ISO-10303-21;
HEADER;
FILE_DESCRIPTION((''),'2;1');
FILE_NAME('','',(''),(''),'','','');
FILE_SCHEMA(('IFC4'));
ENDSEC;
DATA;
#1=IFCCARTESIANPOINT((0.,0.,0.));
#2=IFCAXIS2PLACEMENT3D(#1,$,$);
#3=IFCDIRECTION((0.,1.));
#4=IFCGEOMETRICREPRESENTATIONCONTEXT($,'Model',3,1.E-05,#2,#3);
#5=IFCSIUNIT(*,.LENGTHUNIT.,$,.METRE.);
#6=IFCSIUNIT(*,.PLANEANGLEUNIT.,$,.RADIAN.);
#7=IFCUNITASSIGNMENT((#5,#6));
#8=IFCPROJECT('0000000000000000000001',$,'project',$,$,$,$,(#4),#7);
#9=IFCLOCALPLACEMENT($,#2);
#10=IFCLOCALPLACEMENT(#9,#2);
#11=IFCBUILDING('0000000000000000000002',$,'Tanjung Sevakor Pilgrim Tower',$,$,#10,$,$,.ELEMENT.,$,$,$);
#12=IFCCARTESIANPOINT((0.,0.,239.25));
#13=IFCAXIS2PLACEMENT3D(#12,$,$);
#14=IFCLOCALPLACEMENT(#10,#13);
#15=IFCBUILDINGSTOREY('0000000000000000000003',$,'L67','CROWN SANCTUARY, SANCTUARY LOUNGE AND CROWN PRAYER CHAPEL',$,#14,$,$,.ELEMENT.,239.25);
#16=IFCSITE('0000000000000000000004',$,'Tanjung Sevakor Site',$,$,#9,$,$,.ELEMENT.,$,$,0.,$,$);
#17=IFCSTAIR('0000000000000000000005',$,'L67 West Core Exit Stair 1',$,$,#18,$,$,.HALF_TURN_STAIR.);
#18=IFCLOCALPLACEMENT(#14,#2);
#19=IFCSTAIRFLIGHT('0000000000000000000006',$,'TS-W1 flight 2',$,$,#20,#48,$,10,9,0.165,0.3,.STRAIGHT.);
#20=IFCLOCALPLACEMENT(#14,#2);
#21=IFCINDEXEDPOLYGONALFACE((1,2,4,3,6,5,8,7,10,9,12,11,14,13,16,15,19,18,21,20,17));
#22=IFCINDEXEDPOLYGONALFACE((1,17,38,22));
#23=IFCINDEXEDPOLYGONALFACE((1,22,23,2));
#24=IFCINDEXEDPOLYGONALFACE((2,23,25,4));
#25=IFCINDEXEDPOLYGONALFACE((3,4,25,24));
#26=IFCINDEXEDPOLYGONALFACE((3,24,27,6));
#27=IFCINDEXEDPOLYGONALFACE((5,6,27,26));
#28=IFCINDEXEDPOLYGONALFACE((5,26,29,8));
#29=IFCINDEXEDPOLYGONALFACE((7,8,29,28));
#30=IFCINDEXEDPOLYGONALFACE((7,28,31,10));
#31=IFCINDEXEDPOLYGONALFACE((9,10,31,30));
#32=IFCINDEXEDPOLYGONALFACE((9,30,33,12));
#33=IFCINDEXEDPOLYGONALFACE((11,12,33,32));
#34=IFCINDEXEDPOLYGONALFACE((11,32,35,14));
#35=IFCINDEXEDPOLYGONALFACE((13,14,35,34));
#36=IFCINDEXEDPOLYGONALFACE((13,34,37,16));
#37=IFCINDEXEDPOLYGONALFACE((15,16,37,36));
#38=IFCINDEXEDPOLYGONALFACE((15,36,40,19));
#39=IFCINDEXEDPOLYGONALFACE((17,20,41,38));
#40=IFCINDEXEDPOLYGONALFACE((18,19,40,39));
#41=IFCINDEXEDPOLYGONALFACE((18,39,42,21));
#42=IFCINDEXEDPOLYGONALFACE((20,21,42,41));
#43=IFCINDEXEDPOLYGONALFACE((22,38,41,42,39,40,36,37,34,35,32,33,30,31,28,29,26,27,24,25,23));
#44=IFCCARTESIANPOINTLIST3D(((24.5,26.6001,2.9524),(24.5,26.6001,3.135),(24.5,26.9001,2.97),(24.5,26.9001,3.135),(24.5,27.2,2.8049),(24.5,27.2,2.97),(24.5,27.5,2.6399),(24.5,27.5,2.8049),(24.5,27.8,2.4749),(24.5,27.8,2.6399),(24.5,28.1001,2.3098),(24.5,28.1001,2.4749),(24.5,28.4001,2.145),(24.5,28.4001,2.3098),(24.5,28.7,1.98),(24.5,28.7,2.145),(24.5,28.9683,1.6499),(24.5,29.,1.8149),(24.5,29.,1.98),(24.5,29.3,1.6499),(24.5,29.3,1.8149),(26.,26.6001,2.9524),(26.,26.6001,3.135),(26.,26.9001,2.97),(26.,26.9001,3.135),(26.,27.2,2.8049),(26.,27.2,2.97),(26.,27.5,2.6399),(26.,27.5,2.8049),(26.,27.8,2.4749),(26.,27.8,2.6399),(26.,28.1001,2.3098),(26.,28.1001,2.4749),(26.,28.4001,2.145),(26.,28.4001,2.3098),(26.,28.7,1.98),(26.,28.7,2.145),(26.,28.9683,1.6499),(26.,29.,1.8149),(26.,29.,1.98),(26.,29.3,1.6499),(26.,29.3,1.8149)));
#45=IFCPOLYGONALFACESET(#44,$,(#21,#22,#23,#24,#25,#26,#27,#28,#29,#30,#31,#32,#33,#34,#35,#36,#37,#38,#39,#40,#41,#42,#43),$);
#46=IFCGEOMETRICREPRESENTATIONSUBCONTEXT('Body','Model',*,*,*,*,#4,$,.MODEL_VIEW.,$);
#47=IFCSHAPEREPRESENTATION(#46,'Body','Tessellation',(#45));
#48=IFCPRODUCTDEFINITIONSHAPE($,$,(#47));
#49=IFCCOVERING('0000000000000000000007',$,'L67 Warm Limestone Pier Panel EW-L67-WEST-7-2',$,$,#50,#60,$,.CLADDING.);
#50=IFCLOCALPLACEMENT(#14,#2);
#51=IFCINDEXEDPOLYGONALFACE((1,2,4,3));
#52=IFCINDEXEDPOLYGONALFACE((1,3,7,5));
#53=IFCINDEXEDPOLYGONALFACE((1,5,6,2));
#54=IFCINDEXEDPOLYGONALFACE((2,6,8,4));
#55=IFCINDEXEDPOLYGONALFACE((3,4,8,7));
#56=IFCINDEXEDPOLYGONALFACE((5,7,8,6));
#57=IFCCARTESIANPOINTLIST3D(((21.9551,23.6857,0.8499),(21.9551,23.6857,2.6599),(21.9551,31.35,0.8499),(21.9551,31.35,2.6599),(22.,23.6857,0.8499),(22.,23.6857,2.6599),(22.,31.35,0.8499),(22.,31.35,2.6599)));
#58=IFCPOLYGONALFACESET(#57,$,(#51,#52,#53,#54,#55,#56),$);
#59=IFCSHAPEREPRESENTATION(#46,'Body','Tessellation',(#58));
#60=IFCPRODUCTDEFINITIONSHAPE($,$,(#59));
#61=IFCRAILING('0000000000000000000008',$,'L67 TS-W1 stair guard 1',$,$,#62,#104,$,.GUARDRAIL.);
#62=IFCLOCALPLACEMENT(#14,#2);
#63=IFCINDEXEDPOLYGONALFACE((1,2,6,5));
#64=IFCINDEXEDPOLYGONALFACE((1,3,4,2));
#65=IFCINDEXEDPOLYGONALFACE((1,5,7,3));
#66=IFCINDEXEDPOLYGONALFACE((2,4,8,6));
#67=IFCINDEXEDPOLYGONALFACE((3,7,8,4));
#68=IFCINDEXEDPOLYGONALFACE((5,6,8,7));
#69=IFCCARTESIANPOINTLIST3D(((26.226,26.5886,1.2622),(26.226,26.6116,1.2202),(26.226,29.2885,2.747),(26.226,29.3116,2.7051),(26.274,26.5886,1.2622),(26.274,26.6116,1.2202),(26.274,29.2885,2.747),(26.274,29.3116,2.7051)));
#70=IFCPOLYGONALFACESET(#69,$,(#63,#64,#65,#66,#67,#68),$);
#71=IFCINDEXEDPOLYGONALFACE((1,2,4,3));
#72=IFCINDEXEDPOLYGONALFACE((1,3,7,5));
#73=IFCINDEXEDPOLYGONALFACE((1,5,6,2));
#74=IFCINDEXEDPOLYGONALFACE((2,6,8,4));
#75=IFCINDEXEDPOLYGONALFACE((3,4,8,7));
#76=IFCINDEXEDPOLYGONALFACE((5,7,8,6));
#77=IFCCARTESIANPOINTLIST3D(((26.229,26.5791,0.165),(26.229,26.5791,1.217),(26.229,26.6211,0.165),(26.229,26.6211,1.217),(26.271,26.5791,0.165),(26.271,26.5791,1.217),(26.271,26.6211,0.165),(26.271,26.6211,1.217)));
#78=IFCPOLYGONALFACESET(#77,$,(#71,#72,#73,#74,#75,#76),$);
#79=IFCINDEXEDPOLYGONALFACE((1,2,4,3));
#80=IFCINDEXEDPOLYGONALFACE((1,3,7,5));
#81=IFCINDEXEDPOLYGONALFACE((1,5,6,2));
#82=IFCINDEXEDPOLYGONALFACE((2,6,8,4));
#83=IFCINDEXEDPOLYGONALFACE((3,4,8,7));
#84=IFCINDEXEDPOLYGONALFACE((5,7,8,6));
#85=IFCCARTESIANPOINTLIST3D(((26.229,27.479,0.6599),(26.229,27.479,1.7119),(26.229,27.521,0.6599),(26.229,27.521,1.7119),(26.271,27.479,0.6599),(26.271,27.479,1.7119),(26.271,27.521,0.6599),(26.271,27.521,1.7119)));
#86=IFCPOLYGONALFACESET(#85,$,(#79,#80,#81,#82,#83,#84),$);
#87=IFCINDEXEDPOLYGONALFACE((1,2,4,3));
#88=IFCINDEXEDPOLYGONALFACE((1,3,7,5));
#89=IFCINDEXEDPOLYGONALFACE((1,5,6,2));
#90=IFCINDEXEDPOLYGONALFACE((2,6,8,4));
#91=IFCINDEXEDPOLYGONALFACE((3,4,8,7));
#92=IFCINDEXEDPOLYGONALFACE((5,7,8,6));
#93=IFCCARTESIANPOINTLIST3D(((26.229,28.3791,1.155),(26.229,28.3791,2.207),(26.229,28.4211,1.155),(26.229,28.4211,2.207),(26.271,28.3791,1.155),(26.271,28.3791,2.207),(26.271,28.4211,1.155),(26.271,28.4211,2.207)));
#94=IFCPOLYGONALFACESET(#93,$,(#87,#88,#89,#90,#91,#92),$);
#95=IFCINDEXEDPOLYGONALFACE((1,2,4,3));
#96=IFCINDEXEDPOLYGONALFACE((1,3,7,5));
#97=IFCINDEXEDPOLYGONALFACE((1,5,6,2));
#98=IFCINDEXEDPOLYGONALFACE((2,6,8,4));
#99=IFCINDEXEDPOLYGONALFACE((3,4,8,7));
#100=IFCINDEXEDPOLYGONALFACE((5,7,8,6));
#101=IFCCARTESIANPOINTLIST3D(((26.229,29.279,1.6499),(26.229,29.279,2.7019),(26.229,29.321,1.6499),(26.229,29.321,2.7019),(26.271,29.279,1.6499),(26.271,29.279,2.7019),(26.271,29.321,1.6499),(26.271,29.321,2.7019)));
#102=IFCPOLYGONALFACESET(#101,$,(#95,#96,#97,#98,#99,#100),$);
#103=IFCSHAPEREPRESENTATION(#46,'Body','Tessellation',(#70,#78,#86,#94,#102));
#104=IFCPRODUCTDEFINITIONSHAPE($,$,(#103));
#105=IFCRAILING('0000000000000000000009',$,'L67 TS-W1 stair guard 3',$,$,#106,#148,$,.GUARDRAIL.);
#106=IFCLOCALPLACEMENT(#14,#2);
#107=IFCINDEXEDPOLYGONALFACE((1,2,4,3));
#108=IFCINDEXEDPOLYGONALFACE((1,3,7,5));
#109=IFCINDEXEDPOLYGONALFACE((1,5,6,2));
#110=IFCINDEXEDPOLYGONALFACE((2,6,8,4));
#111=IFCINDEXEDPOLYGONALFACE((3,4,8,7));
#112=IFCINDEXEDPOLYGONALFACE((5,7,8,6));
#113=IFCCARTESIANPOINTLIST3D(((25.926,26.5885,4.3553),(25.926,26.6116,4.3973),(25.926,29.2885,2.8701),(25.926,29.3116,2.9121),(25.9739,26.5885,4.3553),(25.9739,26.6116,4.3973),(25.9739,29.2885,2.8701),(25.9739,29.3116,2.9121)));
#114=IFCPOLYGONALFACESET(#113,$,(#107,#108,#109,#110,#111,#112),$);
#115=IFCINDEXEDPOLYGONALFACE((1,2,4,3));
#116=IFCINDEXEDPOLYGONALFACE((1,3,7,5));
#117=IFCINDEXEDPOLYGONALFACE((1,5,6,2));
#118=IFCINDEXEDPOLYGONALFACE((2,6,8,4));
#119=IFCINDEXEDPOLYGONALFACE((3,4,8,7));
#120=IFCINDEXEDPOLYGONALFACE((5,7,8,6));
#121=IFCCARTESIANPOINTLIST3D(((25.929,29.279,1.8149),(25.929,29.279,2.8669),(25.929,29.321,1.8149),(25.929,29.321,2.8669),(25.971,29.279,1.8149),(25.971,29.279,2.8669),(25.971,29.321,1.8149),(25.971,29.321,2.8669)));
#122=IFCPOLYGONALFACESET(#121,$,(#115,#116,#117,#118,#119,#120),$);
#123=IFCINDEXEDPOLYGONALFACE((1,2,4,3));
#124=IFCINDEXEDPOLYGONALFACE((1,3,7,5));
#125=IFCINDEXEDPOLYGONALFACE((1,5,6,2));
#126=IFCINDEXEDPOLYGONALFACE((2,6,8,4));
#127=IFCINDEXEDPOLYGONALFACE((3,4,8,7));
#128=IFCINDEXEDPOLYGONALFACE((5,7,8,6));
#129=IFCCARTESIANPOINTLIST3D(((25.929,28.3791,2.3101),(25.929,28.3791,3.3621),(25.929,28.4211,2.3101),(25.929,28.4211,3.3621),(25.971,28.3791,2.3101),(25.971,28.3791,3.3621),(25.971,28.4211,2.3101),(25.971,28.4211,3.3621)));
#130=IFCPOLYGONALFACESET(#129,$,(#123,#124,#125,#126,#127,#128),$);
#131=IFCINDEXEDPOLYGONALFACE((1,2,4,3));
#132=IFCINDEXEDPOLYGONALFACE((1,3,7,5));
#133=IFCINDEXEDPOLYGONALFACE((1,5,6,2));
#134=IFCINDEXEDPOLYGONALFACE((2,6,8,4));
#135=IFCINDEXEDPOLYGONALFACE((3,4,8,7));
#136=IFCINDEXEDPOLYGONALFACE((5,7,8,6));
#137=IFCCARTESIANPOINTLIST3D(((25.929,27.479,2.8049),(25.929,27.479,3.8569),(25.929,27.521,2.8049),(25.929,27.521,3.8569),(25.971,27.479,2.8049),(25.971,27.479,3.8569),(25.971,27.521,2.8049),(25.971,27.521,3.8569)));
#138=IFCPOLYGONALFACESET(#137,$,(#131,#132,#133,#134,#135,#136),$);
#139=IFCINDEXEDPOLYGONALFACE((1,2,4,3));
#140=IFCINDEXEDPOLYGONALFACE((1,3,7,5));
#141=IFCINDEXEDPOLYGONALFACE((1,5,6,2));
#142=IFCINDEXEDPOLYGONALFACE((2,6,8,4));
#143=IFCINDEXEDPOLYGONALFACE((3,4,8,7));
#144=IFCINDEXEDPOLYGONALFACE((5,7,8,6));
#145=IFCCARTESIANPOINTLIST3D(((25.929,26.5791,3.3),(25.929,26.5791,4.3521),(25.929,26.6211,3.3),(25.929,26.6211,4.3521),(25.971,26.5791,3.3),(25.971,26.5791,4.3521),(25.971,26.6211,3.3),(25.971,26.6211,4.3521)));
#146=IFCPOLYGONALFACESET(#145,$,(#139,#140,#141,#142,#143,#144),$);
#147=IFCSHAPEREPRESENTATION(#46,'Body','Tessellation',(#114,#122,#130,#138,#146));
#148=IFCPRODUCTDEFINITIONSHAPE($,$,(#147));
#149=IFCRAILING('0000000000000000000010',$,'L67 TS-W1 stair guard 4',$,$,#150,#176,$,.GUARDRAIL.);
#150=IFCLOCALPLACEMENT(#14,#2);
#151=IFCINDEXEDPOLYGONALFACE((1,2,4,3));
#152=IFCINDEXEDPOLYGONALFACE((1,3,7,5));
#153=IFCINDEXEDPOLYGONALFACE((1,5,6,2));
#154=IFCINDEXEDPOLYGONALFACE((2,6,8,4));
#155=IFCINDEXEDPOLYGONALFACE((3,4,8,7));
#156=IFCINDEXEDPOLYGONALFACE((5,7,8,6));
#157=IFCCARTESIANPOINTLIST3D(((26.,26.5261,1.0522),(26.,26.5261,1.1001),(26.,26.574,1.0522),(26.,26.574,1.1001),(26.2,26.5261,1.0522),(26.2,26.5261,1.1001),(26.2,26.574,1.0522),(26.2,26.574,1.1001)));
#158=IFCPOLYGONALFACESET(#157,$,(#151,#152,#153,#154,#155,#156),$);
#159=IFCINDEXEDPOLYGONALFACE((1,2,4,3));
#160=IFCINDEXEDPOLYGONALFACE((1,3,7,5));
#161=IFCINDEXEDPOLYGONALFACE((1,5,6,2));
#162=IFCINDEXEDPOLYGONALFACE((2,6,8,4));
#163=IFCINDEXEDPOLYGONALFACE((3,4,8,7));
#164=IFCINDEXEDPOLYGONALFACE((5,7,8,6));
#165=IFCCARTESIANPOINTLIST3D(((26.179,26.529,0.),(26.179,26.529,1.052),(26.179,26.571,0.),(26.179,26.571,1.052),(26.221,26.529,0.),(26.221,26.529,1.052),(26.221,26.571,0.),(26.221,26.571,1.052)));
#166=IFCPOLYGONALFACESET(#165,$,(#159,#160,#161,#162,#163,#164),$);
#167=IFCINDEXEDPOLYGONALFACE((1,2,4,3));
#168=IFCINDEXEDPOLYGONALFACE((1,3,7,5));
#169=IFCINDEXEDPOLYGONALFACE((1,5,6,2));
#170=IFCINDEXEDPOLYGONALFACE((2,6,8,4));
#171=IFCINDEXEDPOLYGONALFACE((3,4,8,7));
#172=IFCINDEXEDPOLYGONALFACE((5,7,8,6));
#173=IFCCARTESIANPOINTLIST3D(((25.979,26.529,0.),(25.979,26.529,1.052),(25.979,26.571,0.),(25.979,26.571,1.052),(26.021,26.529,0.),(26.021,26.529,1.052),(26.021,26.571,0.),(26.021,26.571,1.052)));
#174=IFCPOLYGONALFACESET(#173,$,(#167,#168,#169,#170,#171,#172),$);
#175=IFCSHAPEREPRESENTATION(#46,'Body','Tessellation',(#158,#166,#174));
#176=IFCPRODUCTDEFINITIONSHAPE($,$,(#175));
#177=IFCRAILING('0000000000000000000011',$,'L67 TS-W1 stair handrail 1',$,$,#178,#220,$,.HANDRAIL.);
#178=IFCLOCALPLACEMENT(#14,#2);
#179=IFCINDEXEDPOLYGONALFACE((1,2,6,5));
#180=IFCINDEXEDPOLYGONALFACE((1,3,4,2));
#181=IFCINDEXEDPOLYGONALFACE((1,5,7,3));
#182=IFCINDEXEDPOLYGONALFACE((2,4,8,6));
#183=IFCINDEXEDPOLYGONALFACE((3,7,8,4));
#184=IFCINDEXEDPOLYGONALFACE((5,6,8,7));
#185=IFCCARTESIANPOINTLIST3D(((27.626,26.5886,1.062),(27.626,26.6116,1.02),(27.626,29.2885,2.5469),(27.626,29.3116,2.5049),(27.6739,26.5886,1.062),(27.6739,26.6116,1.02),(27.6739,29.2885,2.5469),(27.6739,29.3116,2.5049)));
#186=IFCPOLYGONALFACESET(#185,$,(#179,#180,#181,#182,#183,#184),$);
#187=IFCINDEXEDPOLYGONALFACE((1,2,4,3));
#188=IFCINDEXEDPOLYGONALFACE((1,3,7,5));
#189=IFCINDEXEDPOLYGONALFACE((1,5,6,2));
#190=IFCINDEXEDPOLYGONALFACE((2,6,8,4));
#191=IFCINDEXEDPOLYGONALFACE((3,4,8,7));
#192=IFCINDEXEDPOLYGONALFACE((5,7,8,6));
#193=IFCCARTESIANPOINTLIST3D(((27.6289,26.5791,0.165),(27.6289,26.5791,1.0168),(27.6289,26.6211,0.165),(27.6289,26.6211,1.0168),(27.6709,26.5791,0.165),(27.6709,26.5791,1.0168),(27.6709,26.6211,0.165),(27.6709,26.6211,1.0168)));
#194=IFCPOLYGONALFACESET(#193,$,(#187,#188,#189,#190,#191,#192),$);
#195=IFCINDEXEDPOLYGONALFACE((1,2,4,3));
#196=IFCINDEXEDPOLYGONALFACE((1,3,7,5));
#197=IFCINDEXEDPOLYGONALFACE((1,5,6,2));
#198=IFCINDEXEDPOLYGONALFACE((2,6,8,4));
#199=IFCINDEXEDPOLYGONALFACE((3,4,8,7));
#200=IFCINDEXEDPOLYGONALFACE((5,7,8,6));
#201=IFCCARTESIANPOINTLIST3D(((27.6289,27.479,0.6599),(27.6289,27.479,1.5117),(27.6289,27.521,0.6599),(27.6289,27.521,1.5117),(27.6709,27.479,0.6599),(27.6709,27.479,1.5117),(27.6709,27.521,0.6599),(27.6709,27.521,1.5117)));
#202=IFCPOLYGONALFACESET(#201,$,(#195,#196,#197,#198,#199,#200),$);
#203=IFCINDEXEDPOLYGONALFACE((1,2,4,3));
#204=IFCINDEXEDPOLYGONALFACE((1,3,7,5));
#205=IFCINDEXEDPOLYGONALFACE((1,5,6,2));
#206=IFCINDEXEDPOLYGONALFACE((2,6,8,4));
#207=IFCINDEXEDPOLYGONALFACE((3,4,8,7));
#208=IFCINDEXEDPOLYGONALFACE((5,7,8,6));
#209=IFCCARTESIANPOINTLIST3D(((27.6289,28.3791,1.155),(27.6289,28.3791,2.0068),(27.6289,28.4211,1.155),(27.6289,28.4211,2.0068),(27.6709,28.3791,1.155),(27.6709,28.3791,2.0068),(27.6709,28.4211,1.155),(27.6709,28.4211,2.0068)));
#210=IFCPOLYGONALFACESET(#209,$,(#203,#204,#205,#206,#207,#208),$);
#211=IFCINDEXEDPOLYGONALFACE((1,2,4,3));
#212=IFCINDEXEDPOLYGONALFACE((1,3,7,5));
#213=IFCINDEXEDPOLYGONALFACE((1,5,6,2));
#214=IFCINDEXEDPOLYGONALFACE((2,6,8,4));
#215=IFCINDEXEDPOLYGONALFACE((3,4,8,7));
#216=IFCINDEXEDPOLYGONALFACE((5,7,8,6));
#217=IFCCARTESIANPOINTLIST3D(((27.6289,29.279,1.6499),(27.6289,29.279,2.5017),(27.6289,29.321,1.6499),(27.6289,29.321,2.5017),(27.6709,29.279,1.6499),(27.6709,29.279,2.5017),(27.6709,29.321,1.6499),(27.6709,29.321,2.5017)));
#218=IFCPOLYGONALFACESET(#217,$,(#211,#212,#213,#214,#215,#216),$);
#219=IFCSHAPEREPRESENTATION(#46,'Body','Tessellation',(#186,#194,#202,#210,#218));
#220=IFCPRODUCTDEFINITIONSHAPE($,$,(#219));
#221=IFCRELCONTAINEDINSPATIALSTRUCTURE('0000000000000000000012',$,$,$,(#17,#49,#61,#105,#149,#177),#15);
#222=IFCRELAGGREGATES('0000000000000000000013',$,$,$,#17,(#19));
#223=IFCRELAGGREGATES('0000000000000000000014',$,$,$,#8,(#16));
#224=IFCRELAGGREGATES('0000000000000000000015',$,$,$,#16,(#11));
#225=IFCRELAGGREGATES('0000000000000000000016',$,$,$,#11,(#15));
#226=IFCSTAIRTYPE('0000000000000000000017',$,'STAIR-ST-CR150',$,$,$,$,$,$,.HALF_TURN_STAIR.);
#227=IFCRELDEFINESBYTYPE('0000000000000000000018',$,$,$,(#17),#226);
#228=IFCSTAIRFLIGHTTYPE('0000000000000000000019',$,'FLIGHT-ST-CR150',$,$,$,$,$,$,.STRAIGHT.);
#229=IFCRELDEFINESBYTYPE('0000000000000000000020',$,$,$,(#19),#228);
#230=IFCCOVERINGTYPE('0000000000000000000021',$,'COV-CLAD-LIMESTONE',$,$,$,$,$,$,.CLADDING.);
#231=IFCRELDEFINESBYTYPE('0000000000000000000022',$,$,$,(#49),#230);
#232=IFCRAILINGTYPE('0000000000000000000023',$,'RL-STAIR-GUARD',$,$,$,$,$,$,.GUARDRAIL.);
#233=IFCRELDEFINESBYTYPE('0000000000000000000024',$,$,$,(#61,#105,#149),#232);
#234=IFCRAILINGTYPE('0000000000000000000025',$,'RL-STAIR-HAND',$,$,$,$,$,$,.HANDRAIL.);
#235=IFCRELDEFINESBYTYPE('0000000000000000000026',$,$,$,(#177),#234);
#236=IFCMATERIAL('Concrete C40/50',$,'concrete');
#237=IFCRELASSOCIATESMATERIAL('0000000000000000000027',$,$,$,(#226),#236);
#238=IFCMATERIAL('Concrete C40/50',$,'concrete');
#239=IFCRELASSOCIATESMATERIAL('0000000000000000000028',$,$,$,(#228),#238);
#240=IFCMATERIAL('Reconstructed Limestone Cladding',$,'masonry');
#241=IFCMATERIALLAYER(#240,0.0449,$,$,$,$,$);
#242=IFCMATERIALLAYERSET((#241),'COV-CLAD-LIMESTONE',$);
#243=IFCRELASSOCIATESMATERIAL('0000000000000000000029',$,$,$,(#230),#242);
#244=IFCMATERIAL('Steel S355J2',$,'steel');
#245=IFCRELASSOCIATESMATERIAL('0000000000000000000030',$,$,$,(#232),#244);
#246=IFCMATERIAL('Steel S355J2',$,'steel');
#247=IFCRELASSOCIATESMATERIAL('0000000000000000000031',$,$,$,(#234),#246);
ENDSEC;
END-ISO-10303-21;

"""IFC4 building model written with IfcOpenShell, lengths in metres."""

from ifc_helpers import new_model, si_unit, direction, frame, origin, origin_2d, place, context, subcontext, project, spatial, polyline, rectangle, outline, extrude, material, layer, layer_set, type_object, element, aggregate, save


model = new_model("IFC4")

# Units and contexts
model_context = context("Model", 3, precision=1e-05, world=origin(), true_north=direction((0.0, 1.0)))
body_context = subcontext(model_context, "Body", "Model", "MODEL_VIEW")
ifc_project = project(units=[si_unit("LENGTHUNIT", "METRE"), si_unit("PLANEANGLEUNIT", "RADIAN")], contexts=[model_context])

# Site, building, storey
site_placement = place(None, origin())
site = spatial("IfcSite", under=ifc_project, at=site_placement, Name="Tanjung Sevakor Site", CompositionType="ELEMENT", RefElevation=0.0)
building_placement = place(site_placement, origin())
building = spatial("IfcBuilding", under=site, at=building_placement, Name="Tanjung Sevakor Pilgrim Tower", CompositionType="ELEMENT")
storey_placement = place(building_placement, frame((0.0, 0.0, 239.25)))
storey = spatial("IfcBuildingStorey", under=building, at=storey_placement, Name="L67", Description="CROWN SANCTUARY, SANCTUARY LOUNGE AND CROWN PRAYER CHAPEL", CompositionType="ELEMENT", Elevation=239.25)

# Stair, stair flight
ifc_material_1 = material(Name="Concrete C40/50", Category="concrete")
stair_type = type_object("IfcStairType", Name="STAIR-ST-CR150", PredefinedType="HALF_TURN_STAIR", material=ifc_material_1)
stair_placement = place(storey_placement, origin())
stair = element("IfcStair", 1, at=stair_placement, inside=storey, type_object=stair_type, Name="L67 West Core Exit Stair 1", PredefinedType="HALF_TURN_STAIR")
ifc_material_2 = material(Name="Concrete C40/50", Category="concrete")
stair_flight_type = type_object("IfcStairFlightType", Name="FLIGHT-ST-CR150", PredefinedType="STRAIGHT", material=ifc_material_2)
stair_flight_1_placement = place(storey_placement, frame((25.25, 29.3, 1.6499), z_axis=(0.0, 0.0, 1.0), x_axis=(0.0, -1.0, 0.0)))
stair_flight_1 = element("IfcStairFlight", 2, at=stair_flight_1_placement, type_object=stair_flight_type, Name="TS-W1 flight 2", NumberOfRisers=10, NumberOfTreads=9, PredefinedType="STRAIGHT", RiserHeight=0.165, TreadLength=0.3, context=body_context, shape_type="SweptSolid", body=[
    extrude(outline(polyline([(0.0, 0.0), (0.0, 0.165), (0.3, 0.165), (0.3, 0.3301), (0.6001, 0.3301), (0.6001, 0.4951), (0.8999, 0.4951), (0.8999, 0.6599), (1.2, 0.6599), (1.2, 0.825), (1.5, 0.825), (1.5, 0.99), (1.8, 0.99), (1.8, 1.155), (2.1001, 1.155), (2.1001, 1.3201), (2.3999, 1.3201), (2.3999, 1.4851), (2.7, 1.4851), (2.7, 1.6499), (2.7, 1.3025), (0.3318, 0.0), (0.0, 0.0)])), frame((0.0, 0.75, 0.0), z_axis=(0.0, -1.0, 0.0), x_axis=(1.0, 0.0, 0.0)), (0.0, 0.0, 1.0), 1.5),
])
aggregate(stair, [stair_flight_1])

# Covering
ifc_material_3 = material(Name="Reconstructed Limestone Cladding", Category="masonry")
ifc_layer_1 = layer(ifc_material_3, 0.0449)
ifc_layer_set_1 = layer_set([ifc_layer_1], Name="COV-CLAD-LIMESTONE")
covering_type = type_object("IfcCoveringType", Name="COV-CLAD-LIMESTONE", PredefinedType="CLADDING", material=ifc_layer_set_1)
covering_placement = place(storey_placement, frame((21.9775, 27.5178, 0.8499), z_axis=(0.0, 0.0, 1.0), x_axis=(0.0, -1.0, 0.0)))
element("IfcCovering", 3, at=covering_placement, inside=storey, type_object=covering_type, Name="L67 Warm Limestone Pier Panel EW-L67-WEST-7-2", PredefinedType="CLADDING", context=body_context, shape_type="SweptSolid", body=[
    extrude(rectangle(XDim=7.6643, YDim=0.0449, at=origin_2d()), origin(), (0.0, 0.0, 1.0), 1.8101),
])

# Railings
ifc_material_4 = material(Name="Steel S355J2", Category="steel")
railing_type_1 = type_object("IfcRailingType", Name="RL-STAIR-GUARD", PredefinedType="GUARDRAIL", material=ifc_material_4)
railing_1_placement = place(storey_placement, frame((26.25, 26.6001, 0.165)))
element("IfcRailing", 4, at=railing_1_placement, inside=storey, type_object=railing_type_1, Name="L67 TS-W1 stair guard 1", PredefinedType="GUARDRAIL", context=body_context, shape_type="SweptSolid", body=[
    extrude(rectangle(XDim=0.0479, YDim=0.0479), frame((0.0, 0.0, 1.0762), z_axis=(0.0, 0.876231, 0.481891), x_axis=(-1.0, 0.0, 0.0)), (0.0, 0.0, 1.0), 3.0813),
    extrude(rectangle(XDim=0.042, YDim=0.042), origin(), (0.0, 0.0, 1.0), 1.052),
    extrude(rectangle(XDim=0.042, YDim=0.042), frame((0.0, 0.8999, 0.4949)), (0.0, 0.0, 1.0), 1.052),
    extrude(rectangle(XDim=0.042, YDim=0.042), frame((0.0, 1.8, 0.99)), (0.0, 0.0, 1.0), 1.052),
    extrude(rectangle(XDim=0.042, YDim=0.042), frame((0.0, 2.7, 1.4849)), (0.0, 0.0, 1.0), 1.052),
])
railing_2_placement = place(storey_placement, frame((25.95, 29.3, 1.8149)))
element("IfcRailing", 5, at=railing_2_placement, inside=storey, type_object=railing_type_1, Name="L67 TS-W1 stair guard 3", PredefinedType="GUARDRAIL", context=body_context, shape_type="SweptSolid", body=[
    extrude(rectangle(XDim=0.0479, YDim=0.0479), frame((0.0, 0.0, 1.0762), z_axis=(0.0, -0.876198, 0.481952), x_axis=(1.0, 0.0, 0.0)), (0.0, 0.0, 1.0), 3.0815),
    extrude(rectangle(XDim=0.042, YDim=0.042), origin(), (0.0, 0.0, 1.0), 1.052),
    extrude(rectangle(XDim=0.042, YDim=0.042), frame((0.0, -0.8999, 0.4951)), (0.0, 0.0, 1.0), 1.052),
    extrude(rectangle(XDim=0.042, YDim=0.042), frame((0.0, -1.8, 0.99)), (0.0, 0.0, 1.0), 1.052),
    extrude(rectangle(XDim=0.042, YDim=0.042), frame((0.0, -2.7, 1.4851)), (0.0, 0.0, 1.0), 1.052),
])
railing_3_placement = place(storey_placement, frame((26.2, 26.55, 0.0)))
element("IfcRailing", 6, at=railing_3_placement, inside=storey, type_object=railing_type_1, Name="L67 TS-W1 stair guard 4", PredefinedType="GUARDRAIL", context=body_context, shape_type="SweptSolid", body=[
    extrude(rectangle(XDim=0.0479, YDim=0.0479), frame((0.0, 0.0, 1.0762), z_axis=(-1.0, 0.0, 0.0), x_axis=(0.0, -1.0, 0.0)), (0.0, 0.0, 1.0), 0.2),
    extrude(rectangle(XDim=0.042, YDim=0.042), origin(), (0.0, 0.0, 1.0), 1.052),
    extrude(rectangle(XDim=0.042, YDim=0.042), frame((-0.2, 0.0, 0.0)), (0.0, 0.0, 1.0), 1.052),
])
ifc_material_5 = material(Name="Steel S355J2", Category="steel")
railing_type_2 = type_object("IfcRailingType", Name="RL-STAIR-HAND", PredefinedType="HANDRAIL", material=ifc_material_5)
railing_4_placement = place(storey_placement, frame((27.6499, 26.6001, 0.165)))
element("IfcRailing", 7, at=railing_4_placement, inside=storey, type_object=railing_type_2, Name="L67 TS-W1 stair handrail 1", PredefinedType="HANDRAIL", context=body_context, shape_type="SweptSolid", body=[
    extrude(rectangle(XDim=0.0479, YDim=0.0479), frame((0.0, 0.0, 0.876), z_axis=(0.0, 0.876231, 0.481891), x_axis=(-1.0, 0.0, 0.0)), (0.0, 0.0, 1.0), 3.0813),
    extrude(rectangle(XDim=0.042, YDim=0.042), origin(), (0.0, 0.0, 1.0), 0.8518),
    extrude(rectangle(XDim=0.042, YDim=0.042), frame((0.0, 0.8999, 0.4949)), (0.0, 0.0, 1.0), 0.8518),
    extrude(rectangle(XDim=0.042, YDim=0.042), frame((0.0, 1.8, 0.99)), (0.0, 0.0, 1.0), 0.8518),
    extrude(rectangle(XDim=0.042, YDim=0.042), frame((0.0, 2.7, 1.4849)), (0.0, 0.0, 1.0), 0.8518),
])

save(model, "model.ifc")
